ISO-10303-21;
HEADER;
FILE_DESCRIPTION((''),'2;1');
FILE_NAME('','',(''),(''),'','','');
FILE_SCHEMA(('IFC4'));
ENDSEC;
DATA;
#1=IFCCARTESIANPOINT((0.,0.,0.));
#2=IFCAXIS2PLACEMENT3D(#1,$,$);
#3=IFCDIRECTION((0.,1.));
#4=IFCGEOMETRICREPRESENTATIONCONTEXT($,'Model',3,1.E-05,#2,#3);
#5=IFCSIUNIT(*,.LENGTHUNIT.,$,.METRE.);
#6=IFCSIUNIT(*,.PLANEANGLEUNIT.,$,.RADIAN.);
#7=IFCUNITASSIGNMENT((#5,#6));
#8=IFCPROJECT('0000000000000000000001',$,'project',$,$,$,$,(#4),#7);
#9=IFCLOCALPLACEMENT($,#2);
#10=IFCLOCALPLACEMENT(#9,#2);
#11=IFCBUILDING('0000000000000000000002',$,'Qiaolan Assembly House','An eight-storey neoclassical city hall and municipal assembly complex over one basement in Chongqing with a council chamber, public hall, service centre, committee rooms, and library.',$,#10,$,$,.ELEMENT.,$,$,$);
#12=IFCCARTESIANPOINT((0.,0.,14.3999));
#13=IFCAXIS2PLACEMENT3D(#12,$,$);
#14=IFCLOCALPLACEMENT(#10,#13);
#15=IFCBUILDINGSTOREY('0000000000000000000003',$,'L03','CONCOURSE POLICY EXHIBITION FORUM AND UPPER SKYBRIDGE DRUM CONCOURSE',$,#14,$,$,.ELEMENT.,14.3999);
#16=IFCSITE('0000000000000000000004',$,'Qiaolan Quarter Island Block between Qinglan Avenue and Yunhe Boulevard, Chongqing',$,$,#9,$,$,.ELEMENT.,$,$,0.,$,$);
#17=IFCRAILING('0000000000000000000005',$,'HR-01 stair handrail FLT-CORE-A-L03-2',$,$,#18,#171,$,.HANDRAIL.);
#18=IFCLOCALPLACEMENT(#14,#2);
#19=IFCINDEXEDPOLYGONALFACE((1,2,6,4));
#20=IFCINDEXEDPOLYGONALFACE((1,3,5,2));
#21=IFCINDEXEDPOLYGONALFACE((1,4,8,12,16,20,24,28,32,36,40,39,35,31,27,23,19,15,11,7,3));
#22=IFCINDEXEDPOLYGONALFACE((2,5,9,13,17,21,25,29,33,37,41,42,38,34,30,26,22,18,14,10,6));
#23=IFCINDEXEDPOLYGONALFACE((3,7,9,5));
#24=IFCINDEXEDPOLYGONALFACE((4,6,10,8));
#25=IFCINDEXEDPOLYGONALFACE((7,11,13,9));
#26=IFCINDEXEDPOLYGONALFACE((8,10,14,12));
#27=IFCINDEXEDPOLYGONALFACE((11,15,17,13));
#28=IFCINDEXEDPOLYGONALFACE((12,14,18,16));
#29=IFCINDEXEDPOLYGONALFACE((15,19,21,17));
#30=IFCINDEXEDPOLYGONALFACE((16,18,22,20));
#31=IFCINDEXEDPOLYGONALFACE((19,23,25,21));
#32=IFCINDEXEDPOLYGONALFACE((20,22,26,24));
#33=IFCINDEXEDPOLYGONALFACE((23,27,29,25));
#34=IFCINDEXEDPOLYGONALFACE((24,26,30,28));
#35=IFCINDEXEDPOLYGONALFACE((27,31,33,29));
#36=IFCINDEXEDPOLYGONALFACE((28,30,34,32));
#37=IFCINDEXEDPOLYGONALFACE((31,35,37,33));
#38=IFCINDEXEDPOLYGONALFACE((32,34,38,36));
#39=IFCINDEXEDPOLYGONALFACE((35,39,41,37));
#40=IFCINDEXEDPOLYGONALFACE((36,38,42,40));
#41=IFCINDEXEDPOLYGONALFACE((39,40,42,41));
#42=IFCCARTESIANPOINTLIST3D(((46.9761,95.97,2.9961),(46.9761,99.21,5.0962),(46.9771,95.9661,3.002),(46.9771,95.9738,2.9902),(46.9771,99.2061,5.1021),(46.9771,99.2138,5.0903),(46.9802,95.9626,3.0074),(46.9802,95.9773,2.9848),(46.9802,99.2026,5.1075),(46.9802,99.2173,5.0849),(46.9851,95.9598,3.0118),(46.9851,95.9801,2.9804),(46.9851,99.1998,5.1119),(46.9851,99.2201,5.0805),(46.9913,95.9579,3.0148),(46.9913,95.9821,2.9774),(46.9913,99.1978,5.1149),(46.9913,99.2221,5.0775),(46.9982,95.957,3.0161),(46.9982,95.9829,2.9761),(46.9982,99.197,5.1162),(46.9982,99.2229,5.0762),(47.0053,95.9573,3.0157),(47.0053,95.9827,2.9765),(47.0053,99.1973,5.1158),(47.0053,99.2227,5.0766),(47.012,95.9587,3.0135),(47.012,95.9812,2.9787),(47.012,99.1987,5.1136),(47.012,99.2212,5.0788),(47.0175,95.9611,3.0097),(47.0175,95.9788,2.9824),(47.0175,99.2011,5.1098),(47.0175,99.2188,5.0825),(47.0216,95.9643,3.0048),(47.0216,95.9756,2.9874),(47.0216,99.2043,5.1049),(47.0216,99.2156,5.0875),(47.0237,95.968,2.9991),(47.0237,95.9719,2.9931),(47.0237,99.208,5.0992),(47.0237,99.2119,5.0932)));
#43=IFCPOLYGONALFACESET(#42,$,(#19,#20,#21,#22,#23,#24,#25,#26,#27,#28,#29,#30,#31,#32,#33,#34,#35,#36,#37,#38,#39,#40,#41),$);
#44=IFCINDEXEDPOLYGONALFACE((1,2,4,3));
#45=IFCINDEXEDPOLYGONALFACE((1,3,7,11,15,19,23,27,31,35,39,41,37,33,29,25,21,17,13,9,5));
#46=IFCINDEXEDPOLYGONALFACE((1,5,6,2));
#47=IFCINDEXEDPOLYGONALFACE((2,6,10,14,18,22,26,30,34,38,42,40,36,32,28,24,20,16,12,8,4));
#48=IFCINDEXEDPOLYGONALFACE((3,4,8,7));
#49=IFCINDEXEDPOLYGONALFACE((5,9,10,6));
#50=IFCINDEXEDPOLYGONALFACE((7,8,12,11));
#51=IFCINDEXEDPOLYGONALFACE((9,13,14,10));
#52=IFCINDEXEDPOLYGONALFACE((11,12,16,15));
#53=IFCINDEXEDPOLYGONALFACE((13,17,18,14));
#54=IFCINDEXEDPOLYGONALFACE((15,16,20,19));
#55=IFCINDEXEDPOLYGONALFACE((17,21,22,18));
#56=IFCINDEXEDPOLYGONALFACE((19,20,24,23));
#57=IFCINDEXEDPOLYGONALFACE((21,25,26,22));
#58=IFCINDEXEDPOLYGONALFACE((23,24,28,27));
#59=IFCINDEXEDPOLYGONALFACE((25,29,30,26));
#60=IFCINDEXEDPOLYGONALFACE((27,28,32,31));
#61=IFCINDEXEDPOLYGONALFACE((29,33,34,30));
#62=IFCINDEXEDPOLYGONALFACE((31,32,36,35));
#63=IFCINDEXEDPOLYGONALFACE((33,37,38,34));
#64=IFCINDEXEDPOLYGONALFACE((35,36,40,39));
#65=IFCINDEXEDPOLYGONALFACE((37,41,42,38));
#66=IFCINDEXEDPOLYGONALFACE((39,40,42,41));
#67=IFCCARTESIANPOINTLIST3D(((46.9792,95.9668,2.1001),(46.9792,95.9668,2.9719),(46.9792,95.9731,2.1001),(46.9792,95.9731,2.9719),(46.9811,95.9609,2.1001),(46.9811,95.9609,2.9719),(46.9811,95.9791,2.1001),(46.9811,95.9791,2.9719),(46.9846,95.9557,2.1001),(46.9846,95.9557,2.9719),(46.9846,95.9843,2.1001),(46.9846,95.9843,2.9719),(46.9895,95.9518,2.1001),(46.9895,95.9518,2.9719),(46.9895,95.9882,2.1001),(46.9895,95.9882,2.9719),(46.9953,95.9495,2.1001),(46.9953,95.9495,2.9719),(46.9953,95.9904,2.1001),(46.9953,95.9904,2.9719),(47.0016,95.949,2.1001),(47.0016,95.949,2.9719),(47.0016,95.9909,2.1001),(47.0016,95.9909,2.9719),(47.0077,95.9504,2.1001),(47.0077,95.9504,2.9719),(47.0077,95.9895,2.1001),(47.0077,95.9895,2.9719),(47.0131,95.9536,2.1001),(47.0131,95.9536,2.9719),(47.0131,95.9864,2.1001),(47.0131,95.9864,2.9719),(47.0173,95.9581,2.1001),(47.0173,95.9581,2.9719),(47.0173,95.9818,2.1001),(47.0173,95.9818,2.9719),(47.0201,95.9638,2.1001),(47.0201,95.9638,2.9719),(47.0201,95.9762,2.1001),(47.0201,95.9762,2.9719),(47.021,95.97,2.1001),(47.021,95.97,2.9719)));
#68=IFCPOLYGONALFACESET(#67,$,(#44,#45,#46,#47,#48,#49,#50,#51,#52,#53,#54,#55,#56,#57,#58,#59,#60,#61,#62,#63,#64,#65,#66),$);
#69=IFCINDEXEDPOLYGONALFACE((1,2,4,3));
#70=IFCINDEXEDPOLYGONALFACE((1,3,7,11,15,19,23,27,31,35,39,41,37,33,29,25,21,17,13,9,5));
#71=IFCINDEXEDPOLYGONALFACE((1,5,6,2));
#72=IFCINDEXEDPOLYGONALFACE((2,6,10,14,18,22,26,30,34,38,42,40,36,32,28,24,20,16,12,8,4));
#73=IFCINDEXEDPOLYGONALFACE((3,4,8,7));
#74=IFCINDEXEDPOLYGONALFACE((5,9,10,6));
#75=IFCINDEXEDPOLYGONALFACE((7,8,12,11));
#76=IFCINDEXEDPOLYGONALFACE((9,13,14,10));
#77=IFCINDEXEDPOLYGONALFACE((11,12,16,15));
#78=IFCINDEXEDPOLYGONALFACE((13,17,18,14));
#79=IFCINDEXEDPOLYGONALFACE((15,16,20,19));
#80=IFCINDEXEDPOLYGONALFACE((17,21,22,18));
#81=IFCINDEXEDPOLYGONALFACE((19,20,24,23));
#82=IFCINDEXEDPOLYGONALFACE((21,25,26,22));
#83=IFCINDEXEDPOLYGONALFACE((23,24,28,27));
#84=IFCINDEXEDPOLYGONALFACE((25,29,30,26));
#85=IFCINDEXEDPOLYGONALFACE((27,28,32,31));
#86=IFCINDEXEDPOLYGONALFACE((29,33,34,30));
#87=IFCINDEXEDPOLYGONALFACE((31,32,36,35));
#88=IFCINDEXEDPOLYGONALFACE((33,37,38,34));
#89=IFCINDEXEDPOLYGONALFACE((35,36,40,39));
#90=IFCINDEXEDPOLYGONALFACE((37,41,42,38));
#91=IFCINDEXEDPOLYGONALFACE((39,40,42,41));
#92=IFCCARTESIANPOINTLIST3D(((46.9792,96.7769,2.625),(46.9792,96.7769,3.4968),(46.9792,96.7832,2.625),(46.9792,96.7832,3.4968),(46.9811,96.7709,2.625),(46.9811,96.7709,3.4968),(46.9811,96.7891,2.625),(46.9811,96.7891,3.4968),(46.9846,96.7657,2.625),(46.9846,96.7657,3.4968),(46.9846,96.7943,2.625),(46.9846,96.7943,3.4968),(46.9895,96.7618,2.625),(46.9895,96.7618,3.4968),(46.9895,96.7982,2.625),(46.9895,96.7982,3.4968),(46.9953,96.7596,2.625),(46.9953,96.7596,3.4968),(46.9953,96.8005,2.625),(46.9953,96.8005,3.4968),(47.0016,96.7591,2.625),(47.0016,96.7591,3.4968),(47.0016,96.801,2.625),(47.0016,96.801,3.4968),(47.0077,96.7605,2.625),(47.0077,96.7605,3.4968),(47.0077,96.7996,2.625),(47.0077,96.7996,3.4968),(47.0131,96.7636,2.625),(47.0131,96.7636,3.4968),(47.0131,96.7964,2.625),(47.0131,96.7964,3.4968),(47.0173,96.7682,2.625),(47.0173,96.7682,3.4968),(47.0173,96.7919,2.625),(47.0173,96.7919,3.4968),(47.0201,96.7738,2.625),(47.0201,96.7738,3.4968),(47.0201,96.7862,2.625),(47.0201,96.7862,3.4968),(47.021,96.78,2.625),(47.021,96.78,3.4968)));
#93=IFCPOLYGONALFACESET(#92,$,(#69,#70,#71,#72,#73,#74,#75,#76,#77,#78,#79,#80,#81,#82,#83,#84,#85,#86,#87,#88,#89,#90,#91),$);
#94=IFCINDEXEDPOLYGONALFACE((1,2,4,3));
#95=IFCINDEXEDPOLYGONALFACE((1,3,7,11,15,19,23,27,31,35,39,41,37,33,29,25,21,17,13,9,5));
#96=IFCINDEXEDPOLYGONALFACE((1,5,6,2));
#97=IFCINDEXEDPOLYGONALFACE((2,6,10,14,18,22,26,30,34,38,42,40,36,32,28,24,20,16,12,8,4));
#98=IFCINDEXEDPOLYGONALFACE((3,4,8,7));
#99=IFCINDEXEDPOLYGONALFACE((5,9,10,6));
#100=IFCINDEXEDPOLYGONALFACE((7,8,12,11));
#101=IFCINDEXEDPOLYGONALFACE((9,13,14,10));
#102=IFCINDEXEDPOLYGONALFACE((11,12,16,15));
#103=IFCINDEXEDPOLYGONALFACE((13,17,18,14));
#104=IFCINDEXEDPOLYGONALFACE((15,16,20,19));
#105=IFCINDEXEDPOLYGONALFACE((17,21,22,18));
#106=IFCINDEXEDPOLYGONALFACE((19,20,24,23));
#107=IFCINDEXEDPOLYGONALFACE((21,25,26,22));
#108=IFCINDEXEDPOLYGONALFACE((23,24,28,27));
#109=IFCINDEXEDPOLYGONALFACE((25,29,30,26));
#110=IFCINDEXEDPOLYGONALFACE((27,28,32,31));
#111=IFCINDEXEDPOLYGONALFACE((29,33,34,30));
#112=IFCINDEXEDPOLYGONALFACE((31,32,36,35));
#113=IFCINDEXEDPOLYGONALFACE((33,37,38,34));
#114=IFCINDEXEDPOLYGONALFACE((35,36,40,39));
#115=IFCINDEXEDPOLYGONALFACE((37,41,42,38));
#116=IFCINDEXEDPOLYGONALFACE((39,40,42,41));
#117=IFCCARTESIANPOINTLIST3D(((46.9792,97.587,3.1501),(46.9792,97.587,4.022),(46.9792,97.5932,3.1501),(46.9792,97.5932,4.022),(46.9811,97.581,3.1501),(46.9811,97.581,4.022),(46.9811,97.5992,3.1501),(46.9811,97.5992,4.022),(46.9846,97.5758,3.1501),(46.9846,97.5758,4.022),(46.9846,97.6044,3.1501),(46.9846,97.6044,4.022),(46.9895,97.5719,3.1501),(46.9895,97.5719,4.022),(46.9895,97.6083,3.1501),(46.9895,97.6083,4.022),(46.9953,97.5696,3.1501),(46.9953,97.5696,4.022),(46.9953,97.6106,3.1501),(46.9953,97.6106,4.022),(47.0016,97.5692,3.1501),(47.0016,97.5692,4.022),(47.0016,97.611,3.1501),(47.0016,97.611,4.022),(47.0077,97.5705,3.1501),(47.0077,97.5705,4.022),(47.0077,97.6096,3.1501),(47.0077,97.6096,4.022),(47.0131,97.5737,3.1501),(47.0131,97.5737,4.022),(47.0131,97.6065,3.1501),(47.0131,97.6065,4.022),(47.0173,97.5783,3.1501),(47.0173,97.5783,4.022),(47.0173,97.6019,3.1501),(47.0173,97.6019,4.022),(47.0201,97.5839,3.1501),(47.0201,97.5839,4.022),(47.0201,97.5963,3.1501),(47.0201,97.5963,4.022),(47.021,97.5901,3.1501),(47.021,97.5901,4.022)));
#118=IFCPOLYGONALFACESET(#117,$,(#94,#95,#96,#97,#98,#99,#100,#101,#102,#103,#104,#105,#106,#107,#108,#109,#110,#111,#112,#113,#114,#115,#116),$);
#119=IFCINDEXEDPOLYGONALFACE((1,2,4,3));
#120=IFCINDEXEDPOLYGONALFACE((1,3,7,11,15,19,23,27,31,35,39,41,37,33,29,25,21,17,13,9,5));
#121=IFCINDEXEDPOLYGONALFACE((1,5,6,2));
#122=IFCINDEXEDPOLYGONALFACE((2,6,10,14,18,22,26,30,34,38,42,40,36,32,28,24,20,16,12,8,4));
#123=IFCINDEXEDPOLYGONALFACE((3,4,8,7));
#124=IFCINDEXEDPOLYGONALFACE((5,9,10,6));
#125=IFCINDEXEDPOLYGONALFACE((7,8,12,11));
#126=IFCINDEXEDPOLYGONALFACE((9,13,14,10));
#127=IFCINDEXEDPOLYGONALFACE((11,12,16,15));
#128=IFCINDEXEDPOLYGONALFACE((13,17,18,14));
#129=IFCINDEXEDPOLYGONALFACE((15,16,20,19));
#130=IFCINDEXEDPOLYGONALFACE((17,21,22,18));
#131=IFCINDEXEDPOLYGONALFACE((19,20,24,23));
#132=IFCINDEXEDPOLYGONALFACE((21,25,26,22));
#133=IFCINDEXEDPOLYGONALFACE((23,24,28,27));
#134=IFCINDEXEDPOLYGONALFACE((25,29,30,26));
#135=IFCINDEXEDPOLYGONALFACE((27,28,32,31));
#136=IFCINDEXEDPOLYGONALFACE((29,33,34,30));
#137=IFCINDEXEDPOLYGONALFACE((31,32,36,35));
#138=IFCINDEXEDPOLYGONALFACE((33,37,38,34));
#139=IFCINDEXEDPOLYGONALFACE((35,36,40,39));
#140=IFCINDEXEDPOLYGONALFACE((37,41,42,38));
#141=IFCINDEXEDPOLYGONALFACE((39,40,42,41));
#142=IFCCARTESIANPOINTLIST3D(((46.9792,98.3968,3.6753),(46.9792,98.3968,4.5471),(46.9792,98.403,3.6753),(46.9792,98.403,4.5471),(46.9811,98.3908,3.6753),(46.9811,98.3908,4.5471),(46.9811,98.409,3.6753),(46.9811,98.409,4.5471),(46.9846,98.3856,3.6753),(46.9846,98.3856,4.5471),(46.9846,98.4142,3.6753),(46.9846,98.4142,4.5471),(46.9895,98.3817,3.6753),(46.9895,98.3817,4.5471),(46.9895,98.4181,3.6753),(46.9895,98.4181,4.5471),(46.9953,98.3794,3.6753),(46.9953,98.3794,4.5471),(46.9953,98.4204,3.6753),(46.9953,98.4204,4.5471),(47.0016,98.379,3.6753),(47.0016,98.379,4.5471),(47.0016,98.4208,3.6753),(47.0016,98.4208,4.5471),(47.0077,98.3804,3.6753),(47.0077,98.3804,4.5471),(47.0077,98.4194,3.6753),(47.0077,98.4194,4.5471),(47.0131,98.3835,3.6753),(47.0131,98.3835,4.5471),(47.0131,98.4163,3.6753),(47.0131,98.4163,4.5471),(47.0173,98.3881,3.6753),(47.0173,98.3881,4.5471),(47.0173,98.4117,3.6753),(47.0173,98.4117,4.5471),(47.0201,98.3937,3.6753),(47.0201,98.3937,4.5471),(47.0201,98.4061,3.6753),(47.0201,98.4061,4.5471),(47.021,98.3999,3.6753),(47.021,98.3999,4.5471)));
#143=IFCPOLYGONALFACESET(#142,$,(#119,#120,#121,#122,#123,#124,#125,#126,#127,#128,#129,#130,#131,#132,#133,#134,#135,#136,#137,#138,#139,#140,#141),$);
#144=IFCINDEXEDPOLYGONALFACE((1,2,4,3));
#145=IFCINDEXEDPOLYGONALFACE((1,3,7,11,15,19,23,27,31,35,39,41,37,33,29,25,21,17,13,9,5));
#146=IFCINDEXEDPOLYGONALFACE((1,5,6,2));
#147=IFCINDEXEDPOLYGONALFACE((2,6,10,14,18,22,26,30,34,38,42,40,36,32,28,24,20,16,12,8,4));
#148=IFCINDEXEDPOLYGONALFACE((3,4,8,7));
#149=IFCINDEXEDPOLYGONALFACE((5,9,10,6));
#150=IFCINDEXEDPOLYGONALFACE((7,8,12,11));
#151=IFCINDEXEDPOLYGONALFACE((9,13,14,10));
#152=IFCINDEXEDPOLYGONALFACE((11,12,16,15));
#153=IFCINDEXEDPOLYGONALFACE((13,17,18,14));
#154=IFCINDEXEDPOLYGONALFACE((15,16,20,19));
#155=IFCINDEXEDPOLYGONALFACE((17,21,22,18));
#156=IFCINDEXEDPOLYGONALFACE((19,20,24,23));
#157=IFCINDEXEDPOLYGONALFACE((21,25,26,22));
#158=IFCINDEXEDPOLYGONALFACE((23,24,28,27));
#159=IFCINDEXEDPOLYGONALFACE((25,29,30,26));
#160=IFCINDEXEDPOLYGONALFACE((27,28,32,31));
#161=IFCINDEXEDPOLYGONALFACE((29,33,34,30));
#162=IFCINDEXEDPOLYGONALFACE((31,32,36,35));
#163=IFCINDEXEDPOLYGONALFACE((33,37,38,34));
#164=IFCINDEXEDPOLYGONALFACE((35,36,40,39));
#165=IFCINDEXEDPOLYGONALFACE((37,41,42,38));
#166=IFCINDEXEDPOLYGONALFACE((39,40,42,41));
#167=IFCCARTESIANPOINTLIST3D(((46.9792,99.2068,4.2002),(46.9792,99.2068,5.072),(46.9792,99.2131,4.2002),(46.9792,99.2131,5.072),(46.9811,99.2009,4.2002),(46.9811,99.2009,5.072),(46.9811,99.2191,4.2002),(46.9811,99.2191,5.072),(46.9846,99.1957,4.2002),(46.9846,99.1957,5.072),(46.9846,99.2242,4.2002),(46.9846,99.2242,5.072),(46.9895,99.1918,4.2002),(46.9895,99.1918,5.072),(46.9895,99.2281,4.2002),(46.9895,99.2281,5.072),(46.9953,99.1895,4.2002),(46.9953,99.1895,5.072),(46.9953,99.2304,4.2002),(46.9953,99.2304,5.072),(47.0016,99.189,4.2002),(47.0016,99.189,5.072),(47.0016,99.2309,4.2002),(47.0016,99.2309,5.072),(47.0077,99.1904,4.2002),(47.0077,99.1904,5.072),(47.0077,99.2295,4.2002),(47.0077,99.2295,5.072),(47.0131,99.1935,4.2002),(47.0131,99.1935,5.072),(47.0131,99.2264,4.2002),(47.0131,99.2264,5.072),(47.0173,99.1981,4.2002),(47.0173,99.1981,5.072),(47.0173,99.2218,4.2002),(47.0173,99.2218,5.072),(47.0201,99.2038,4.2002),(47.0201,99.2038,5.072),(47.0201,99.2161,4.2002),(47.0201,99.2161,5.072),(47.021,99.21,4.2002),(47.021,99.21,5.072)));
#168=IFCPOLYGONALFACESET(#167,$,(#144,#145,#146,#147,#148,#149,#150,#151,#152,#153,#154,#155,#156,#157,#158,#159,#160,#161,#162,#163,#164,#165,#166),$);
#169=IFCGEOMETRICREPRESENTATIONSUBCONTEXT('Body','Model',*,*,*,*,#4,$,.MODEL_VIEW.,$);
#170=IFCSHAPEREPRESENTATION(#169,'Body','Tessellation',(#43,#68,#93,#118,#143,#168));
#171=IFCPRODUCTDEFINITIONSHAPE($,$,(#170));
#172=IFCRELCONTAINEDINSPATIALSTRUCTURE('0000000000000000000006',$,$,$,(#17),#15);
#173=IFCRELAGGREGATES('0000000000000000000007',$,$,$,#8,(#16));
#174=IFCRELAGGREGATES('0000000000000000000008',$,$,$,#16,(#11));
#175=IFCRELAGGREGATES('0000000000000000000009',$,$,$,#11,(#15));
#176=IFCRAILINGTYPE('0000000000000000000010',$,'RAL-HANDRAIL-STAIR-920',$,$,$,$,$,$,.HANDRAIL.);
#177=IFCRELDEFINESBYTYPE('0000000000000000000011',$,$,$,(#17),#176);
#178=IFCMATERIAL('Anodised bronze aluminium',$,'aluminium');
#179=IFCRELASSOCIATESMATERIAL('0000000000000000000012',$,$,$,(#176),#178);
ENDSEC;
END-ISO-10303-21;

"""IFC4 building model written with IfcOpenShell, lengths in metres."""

from ifc_helpers import new_model, si_unit, direction, frame, origin, origin_2d, place, context, subcontext, project, spatial, circle, extrude, material, type_object, element, save


model = new_model("IFC4")

# Units and contexts
model_context = context("Model", 3, precision=1e-05, world=origin(), true_north=direction((0.0, 1.0)))
body_context = subcontext(model_context, "Body", "Model", "MODEL_VIEW")
ifc_project = project(units=[si_unit("LENGTHUNIT", "METRE"), si_unit("PLANEANGLEUNIT", "RADIAN")], contexts=[model_context])

# Site, building, storey
site_placement = place(None, origin())
site = spatial("IfcSite", under=ifc_project, at=site_placement, Name="Qiaolan Quarter Island Block between Qinglan Avenue and Yunhe Boulevard, Chongqing", CompositionType="ELEMENT", RefElevation=0.0)
building_placement = place(site_placement, origin())
building = spatial("IfcBuilding", under=site, at=building_placement, Name="Qiaolan Assembly House", Description="An eight-storey neoclassical city hall and municipal assembly complex over one basement in Chongqing with a council chamber, public hall, service centre, committee rooms, and library.", CompositionType="ELEMENT")
storey_placement = place(building_placement, frame((0.0, 0.0, 14.3999)))
storey = spatial("IfcBuildingStorey", under=building, at=storey_placement, Name="L03", Description="CONCOURSE POLICY EXHIBITION FORUM AND UPPER SKYBRIDGE DRUM CONCOURSE", CompositionType="ELEMENT", Elevation=14.3999)

# Railing
ifc_material_1 = material(Name="Anodised bronze aluminium", Category="aluminium")
railing_type_1 = type_object("IfcRailingType", Name="RAL-HANDRAIL-STAIR-920", PredefinedType="HANDRAIL", material=ifc_material_1)
railing_1_placement = place(storey_placement, frame((47.0, 95.97, 2.1001)))
element("IfcRailing", 1, at=railing_1_placement, inside=storey, type_object=railing_type_1, Name="HR-01 stair handrail FLT-CORE-A-L03-2", PredefinedType="HANDRAIL", context=body_context, shape_type="SweptSolid", body=[
    extrude(circle(Radius=0.0239, at=origin_2d()), frame((0.0, 0.0, 0.896), z_axis=(0.0, 0.839141, 0.543914), x_axis=(-1.0, 0.0, 0.0)), (0.0, 0.0, 1.0), 3.8611),
    extrude(circle(Radius=0.021, at=origin_2d()), origin(), (0.0, 0.0, 1.0), 0.8718),
    extrude(circle(Radius=0.021, at=origin_2d()), frame((0.0, 0.8101, 0.5249)), (0.0, 0.0, 1.0), 0.8718),
    extrude(circle(Radius=0.021, at=origin_2d()), frame((0.0, 1.6201, 1.05)), (0.0, 0.0, 1.0), 0.8718),
    extrude(circle(Radius=0.021, at=origin_2d()), frame((0.0, 2.4299, 1.5752)), (0.0, 0.0, 1.0), 0.8718),
    extrude(circle(Radius=0.021, at=origin_2d()), frame((0.0, 3.24, 2.1001)), (0.0, 0.0, 1.0), 0.8718),
])

save(model, "model.ifc")
